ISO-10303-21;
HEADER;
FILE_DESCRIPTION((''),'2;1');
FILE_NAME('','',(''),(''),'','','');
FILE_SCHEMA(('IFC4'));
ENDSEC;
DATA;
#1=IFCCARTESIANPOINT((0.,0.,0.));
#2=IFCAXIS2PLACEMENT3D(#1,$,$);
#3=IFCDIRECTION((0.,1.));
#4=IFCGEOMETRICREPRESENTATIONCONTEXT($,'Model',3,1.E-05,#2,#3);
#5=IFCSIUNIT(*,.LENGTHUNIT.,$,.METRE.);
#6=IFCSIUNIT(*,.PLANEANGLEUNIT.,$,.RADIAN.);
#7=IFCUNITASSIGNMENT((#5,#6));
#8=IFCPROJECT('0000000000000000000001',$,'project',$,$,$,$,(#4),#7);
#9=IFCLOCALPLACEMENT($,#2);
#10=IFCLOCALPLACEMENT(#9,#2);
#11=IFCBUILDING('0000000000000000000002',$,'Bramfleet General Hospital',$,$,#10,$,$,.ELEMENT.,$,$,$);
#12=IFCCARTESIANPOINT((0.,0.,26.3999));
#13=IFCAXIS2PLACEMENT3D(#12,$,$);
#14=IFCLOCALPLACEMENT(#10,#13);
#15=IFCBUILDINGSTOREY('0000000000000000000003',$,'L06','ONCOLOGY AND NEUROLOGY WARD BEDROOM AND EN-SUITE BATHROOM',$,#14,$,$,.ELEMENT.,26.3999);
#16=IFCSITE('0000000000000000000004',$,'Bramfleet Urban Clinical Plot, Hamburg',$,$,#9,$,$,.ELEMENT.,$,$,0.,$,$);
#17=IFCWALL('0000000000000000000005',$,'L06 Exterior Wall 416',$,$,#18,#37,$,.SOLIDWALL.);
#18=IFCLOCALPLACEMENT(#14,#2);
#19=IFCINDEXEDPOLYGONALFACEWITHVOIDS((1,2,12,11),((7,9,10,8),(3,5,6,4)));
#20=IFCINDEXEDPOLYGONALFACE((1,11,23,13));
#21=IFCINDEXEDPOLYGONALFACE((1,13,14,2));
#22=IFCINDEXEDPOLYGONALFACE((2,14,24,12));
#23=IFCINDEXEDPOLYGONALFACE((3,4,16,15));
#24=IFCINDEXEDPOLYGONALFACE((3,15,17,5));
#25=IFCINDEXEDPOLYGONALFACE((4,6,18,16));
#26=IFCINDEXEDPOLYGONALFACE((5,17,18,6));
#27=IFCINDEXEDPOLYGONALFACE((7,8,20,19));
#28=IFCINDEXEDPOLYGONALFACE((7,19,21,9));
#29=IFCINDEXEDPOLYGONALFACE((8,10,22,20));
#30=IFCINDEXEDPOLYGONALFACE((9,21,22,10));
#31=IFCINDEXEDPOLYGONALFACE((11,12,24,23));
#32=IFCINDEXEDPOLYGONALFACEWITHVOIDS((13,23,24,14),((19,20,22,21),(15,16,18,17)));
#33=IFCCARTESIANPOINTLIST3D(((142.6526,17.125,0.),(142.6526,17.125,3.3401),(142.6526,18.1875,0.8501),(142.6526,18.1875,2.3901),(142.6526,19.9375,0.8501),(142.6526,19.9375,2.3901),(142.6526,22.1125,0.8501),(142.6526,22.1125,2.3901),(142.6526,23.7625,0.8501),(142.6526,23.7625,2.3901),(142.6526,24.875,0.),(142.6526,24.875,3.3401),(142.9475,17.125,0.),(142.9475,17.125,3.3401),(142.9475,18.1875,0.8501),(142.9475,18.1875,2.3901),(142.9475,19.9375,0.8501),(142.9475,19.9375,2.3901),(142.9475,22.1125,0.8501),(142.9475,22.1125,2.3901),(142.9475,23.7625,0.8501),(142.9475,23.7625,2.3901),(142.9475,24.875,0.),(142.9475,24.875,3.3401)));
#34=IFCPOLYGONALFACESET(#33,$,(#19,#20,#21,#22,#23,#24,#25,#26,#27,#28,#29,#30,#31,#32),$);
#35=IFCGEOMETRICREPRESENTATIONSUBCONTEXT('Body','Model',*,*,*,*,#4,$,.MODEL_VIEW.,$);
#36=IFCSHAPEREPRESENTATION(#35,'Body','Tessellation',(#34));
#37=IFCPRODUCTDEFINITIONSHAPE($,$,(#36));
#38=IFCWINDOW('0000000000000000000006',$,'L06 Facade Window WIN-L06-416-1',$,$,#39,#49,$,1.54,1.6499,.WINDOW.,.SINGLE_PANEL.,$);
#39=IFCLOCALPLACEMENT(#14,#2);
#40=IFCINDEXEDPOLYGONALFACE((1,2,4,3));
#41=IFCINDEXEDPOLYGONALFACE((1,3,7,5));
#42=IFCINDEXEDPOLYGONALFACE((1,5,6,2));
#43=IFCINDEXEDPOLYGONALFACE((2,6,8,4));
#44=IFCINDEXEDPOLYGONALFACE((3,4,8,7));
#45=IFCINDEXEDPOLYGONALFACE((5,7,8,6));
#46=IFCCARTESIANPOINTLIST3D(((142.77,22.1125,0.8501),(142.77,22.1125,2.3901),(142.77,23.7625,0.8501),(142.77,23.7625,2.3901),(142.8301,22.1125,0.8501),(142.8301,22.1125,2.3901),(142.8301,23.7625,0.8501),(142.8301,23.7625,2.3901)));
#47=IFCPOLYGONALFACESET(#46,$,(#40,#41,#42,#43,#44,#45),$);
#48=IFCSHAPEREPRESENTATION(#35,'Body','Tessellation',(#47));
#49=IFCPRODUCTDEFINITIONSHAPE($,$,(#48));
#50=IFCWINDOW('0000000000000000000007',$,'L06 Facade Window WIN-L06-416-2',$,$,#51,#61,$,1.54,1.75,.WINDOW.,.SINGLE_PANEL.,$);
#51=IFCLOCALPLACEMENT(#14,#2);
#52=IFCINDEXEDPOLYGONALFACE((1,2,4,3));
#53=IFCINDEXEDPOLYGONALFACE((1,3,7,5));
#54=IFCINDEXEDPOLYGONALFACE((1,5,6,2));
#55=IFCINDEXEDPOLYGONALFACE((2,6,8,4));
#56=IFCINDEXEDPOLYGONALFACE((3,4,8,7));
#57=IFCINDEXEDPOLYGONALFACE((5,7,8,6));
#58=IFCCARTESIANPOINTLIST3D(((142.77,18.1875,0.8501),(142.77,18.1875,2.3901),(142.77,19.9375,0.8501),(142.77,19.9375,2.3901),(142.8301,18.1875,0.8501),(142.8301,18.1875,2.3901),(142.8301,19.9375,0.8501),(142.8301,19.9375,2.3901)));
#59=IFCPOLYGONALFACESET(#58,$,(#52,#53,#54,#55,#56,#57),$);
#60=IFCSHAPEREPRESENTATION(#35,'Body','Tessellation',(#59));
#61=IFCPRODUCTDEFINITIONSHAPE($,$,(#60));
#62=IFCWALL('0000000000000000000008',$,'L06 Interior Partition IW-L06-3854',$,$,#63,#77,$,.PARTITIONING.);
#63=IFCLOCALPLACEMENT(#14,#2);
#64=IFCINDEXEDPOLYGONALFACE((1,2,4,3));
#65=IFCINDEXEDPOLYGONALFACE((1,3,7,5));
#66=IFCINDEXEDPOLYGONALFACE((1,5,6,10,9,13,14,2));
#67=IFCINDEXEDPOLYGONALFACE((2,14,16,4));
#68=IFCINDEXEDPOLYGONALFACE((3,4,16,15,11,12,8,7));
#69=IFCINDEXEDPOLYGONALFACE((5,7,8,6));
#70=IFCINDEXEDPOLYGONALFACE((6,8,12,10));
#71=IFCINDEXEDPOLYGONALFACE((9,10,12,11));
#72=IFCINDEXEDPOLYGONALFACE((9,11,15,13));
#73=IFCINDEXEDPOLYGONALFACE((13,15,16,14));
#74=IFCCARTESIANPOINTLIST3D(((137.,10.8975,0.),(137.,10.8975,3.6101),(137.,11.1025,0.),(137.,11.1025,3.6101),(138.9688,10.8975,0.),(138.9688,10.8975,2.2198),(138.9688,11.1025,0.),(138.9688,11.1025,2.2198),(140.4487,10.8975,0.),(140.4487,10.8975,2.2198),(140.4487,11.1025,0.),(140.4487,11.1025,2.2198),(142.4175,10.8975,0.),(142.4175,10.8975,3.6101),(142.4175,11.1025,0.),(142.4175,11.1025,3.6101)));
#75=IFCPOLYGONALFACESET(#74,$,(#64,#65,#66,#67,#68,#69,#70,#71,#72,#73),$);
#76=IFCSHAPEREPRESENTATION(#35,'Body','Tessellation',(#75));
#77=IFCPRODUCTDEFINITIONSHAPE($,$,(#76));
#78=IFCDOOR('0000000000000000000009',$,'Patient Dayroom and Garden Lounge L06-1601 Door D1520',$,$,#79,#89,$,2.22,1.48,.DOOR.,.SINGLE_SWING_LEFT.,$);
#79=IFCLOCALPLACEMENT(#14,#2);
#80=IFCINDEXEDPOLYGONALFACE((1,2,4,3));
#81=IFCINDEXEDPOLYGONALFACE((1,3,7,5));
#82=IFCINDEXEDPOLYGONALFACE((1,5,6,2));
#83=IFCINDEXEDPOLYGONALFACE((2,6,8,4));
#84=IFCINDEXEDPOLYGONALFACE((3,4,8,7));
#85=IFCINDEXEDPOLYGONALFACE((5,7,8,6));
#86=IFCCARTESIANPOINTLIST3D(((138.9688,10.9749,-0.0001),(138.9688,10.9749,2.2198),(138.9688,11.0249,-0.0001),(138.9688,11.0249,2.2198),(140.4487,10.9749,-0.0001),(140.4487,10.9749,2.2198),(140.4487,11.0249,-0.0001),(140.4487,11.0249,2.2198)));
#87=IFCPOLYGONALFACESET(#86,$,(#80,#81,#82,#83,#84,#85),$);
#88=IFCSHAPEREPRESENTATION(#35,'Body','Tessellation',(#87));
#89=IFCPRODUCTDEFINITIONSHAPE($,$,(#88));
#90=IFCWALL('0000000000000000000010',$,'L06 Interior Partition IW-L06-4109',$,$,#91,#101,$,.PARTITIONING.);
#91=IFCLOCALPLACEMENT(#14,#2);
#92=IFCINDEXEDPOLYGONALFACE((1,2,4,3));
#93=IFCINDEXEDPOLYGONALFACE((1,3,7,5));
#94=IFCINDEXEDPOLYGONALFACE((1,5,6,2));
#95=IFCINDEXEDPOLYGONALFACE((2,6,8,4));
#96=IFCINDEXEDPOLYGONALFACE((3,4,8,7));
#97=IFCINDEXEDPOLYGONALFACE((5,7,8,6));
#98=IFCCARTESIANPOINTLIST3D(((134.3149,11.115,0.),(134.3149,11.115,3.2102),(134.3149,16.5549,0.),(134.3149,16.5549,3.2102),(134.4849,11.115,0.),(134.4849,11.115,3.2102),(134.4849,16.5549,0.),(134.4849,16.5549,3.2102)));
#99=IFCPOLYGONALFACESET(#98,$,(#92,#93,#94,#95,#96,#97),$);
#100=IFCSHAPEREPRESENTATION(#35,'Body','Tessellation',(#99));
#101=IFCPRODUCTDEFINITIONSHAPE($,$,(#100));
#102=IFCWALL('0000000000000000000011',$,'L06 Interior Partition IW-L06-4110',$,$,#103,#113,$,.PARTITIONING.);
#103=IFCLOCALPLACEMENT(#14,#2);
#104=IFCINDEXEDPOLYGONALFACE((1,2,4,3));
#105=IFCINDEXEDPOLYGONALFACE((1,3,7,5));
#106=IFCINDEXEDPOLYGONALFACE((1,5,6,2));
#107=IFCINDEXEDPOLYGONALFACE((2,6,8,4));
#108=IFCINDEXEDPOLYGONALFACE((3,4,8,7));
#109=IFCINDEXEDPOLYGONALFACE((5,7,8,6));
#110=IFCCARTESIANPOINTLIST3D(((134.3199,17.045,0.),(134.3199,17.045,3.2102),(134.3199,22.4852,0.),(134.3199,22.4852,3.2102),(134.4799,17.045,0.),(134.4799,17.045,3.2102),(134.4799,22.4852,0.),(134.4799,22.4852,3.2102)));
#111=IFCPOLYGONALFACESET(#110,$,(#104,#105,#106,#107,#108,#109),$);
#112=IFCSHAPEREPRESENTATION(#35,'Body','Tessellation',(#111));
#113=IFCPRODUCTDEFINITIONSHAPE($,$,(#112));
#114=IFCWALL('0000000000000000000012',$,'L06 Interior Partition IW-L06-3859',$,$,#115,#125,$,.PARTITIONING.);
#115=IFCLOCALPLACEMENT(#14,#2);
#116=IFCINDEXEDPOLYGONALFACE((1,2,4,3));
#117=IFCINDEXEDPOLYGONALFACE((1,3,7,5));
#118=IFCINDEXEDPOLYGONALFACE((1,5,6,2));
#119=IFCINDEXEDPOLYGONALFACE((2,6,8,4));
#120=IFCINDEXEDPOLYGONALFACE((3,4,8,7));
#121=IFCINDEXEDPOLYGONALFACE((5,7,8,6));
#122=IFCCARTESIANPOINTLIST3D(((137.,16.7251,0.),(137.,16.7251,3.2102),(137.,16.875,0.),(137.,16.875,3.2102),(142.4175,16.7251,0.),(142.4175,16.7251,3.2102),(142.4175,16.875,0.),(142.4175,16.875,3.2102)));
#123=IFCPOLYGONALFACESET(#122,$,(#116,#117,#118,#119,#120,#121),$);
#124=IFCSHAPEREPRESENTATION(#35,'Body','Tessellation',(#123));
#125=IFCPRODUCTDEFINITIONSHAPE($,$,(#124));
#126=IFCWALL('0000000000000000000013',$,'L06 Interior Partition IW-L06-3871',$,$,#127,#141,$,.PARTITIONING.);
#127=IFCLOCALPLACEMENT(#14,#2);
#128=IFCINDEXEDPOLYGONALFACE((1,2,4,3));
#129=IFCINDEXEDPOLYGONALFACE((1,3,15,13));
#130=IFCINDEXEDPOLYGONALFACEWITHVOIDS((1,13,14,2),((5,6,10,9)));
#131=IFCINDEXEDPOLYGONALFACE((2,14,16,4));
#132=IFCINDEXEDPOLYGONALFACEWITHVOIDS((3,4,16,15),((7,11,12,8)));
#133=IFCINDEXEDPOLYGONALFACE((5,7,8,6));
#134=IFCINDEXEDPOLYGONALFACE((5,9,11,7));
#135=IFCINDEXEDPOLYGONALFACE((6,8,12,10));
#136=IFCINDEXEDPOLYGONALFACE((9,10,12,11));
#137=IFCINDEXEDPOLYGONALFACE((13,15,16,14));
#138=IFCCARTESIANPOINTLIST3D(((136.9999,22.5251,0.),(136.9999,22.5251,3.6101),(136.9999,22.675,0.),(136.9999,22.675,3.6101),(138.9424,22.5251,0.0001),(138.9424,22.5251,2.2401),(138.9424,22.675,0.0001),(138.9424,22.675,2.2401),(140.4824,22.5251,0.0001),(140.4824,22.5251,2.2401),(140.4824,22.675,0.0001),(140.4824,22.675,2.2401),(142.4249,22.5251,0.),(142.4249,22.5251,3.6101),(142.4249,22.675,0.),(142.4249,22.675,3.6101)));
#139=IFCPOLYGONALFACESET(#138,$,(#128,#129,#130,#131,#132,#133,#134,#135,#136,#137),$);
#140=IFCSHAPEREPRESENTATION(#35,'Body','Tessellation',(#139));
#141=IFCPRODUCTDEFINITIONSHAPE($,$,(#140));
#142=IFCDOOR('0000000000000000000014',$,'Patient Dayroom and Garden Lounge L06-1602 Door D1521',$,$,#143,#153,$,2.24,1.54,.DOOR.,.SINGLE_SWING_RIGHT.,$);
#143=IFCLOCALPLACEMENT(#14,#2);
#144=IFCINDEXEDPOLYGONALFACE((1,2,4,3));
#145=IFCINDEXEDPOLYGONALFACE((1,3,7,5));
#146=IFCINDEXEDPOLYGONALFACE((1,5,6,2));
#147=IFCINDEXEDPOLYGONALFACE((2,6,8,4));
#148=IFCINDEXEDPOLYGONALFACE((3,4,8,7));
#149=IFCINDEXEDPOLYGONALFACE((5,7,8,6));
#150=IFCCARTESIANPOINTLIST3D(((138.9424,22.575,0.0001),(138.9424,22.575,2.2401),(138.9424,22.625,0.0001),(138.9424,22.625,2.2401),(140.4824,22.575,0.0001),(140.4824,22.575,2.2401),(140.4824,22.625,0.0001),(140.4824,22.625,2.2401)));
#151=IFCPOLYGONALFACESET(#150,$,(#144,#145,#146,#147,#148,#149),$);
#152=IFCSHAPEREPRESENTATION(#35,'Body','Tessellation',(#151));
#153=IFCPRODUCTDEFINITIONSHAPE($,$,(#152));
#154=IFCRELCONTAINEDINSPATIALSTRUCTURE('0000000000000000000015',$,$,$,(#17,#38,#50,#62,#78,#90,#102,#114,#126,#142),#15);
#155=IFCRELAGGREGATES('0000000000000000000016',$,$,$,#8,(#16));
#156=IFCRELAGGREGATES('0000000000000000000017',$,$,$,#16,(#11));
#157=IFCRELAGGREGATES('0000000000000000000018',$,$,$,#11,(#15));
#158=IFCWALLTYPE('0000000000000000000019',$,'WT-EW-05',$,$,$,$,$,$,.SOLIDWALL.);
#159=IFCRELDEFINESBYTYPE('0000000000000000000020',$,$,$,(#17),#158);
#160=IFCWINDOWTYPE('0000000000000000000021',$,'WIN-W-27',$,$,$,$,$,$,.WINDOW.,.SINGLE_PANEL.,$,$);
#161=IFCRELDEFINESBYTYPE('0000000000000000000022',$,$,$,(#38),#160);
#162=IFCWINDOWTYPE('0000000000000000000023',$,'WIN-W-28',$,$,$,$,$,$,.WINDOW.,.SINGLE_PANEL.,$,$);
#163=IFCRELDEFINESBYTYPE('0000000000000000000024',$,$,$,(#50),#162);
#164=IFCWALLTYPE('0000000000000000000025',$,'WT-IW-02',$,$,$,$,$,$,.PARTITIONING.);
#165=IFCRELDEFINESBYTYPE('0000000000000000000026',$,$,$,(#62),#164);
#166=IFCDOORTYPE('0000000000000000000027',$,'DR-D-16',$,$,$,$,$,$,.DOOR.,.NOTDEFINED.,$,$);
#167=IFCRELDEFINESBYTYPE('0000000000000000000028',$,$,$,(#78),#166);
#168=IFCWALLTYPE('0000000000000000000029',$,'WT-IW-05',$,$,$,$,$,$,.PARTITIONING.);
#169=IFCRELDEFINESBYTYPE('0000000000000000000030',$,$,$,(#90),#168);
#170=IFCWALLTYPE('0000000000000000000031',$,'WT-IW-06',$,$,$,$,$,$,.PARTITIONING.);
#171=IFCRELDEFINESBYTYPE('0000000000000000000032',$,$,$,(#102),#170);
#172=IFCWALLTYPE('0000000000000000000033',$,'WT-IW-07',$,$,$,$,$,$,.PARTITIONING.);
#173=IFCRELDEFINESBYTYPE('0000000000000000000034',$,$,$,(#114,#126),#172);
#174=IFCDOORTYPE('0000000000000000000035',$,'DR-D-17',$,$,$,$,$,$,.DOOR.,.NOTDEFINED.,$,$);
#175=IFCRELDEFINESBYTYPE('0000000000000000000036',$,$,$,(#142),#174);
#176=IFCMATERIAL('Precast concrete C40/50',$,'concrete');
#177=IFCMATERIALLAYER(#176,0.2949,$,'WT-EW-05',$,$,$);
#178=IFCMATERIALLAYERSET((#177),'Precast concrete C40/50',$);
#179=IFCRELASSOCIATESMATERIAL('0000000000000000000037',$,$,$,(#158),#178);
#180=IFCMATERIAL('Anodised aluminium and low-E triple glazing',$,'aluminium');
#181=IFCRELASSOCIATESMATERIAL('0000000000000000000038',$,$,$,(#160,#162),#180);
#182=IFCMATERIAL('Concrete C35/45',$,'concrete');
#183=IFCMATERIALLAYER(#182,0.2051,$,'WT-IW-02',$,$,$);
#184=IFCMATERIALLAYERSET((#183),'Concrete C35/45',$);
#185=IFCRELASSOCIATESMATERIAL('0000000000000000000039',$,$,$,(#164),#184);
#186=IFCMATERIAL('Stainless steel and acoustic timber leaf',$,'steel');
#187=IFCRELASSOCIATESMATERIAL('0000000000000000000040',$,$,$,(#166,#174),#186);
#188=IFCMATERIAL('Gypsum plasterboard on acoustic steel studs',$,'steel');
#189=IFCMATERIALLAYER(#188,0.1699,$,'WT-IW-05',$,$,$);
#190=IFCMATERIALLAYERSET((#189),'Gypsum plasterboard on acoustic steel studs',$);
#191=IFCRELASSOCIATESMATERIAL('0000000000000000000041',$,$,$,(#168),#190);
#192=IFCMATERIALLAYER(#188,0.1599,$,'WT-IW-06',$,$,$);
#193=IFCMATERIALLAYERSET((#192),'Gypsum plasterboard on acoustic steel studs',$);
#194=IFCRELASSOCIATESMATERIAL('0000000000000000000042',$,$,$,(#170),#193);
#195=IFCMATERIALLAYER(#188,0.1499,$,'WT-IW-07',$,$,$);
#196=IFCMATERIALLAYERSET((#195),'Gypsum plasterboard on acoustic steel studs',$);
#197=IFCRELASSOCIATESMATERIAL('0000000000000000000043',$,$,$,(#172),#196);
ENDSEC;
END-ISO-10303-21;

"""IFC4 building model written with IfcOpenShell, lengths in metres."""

from ifc_helpers import new_model, si_unit, direction, frame, frame_2d, origin, place, context, subcontext, project, spatial, rectangle, extrude, material, layer, layer_set, type_object, element, fill, save


model = new_model("IFC4")

# Units and contexts
model_context = context("Model", 3, precision=1e-05, world=origin(), true_north=direction((0.0, 1.0)))
body_context = subcontext(model_context, "Body", "Model", "MODEL_VIEW")
ifc_project = project(units=[si_unit("LENGTHUNIT", "METRE"), si_unit("PLANEANGLEUNIT", "RADIAN")], contexts=[model_context])

# Site, building, storey
site_placement = place(None, origin())
site = spatial("IfcSite", under=ifc_project, at=site_placement, Name="Bramfleet Urban Clinical Plot, Hamburg", CompositionType="ELEMENT", RefElevation=0.0)
building_placement = place(site_placement, origin())
building = spatial("IfcBuilding", under=site, at=building_placement, Name="Bramfleet General Hospital", CompositionType="ELEMENT")
storey_placement = place(building_placement, frame((0.0, 0.0, 26.3999)))
storey = spatial("IfcBuildingStorey", under=building, at=storey_placement, Name="L06", Description="ONCOLOGY AND NEUROLOGY WARD BEDROOM AND EN-SUITE BATHROOM", CompositionType="ELEMENT", Elevation=26.3999)

# Wall, openings, windows
ifc_material_1 = material(Name="Precast concrete C40/50", Category="concrete")
ifc_layer_1 = layer(ifc_material_1, 0.2949, Name="WT-EW-05")
ifc_layer_set_1 = layer_set([ifc_layer_1], Name="Precast concrete C40/50")
wall_type_1 = type_object("IfcWallType", Name="WT-EW-05", PredefinedType="SOLIDWALL", material=ifc_layer_set_1)
wall_1_placement = place(storey_placement, frame((142.8, 24.875, 0.0), z_axis=(0.0, 0.0, 1.0), x_axis=(0.0, -1.0, 0.0)))
wall_1 = element("IfcWall", 1, at=wall_1_placement, inside=storey, type_object=wall_type_1, Name="L06 Exterior Wall 416", PredefinedType="SOLIDWALL", context=body_context, shape_type="SweptSolid", body=[
    extrude(rectangle(XDim=7.75, YDim=0.2949, at=frame_2d((3.875, 0.0))), origin(), (0.0, 0.0, 1.0), 3.3401),
])
opening_1_placement = place(wall_1_placement, frame((1.1125, 0.0, 0.8501)))
opening_1 = element("IfcOpeningElement", 2, at=opening_1_placement, cuts=wall_1, PredefinedType="OPENING", context=body_context, shape_type="SweptSolid", body=[
    extrude(rectangle(XDim=1.6499, YDim=1.54, at=frame_2d((0.825, 0.77))), frame((0.0, 0.1575, 0.0), z_axis=(0.0, -1.0, 0.0), x_axis=(1.0, 0.0, 0.0)), (0.0, 0.0, 1.0), 0.3149),
])
opening_2_placement = place(wall_1_placement, frame((4.9375, 0.0, 0.8501)))
opening_2 = element("IfcOpeningElement", 3, at=opening_2_placement, cuts=wall_1, PredefinedType="OPENING", context=body_context, shape_type="SweptSolid", body=[
    extrude(rectangle(XDim=1.75, YDim=1.54, at=frame_2d((0.875, 0.77))), frame((0.0, 0.1575, 0.0), z_axis=(0.0, -1.0, 0.0), x_axis=(1.0, 0.0, 0.0)), (0.0, 0.0, 1.0), 0.3149),
])
ifc_material_2 = material(Name="Anodised aluminium and low-E triple glazing", Category="aluminium")
window_type_1 = type_object("IfcWindowType", Name="WIN-W-27", PartitioningType="SINGLE_PANEL", PredefinedType="WINDOW", material=ifc_material_2)
window_1_placement = place(opening_1_placement, origin())
window_1 = element("IfcWindow", 4, at=window_1_placement, inside=storey, type_object=window_type_1, Name="L06 Facade Window WIN-L06-416-1", OverallHeight=1.54, OverallWidth=1.6499, PartitioningType="SINGLE_PANEL", PredefinedType="WINDOW", context=body_context, shape_type="SweptSolid", body=[
    extrude(rectangle(XDim=1.6499, YDim=1.54, at=frame_2d((0.825, 0.77))), frame((0.0, 0.03, 0.0), z_axis=(0.0, -1.0, 0.0), x_axis=(1.0, 0.0, 0.0)), (0.0, 0.0, 1.0), 0.0601),
])
fill(opening_1, window_1)
window_type_2 = type_object("IfcWindowType", Name="WIN-W-28", PartitioningType="SINGLE_PANEL", PredefinedType="WINDOW", material=ifc_material_2)
window_2_placement = place(opening_2_placement, origin())
window_2 = element("IfcWindow", 5, at=window_2_placement, inside=storey, type_object=window_type_2, Name="L06 Facade Window WIN-L06-416-2", OverallHeight=1.54, OverallWidth=1.75, PartitioningType="SINGLE_PANEL", PredefinedType="WINDOW", context=body_context, shape_type="SweptSolid", body=[
    extrude(rectangle(XDim=1.75, YDim=1.54, at=frame_2d((0.875, 0.77))), frame((0.0, 0.03, 0.0), z_axis=(0.0, -1.0, 0.0), x_axis=(1.0, 0.0, 0.0)), (0.0, 0.0, 1.0), 0.0601),
])
fill(opening_2, window_2)

# Wall, opening, door
ifc_material_3 = material(Name="Concrete C35/45", Category="concrete")
ifc_layer_2 = layer(ifc_material_3, 0.2051, Name="WT-IW-02")
ifc_layer_set_2 = layer_set([ifc_layer_2], Name="Concrete C35/45")
wall_type_2 = type_object("IfcWallType", Name="WT-IW-02", PredefinedType="PARTITIONING", material=ifc_layer_set_2)
wall_2_placement = place(storey_placement, frame((137.0, 11.0, 0.0), z_axis=(0.0, 0.0, 1.0), x_axis=(1.0, 0.0, 0.0)))
wall_2 = element("IfcWall", 6, at=wall_2_placement, inside=storey, type_object=wall_type_2, Name="L06 Interior Partition IW-L06-3854", PredefinedType="PARTITIONING", context=body_context, shape_type="SweptSolid", body=[
    extrude(rectangle(XDim=5.4175, YDim=0.2051, at=frame_2d((2.7087, 0.0))), origin(), (0.0, 0.0, 1.0), 3.6101),
])
opening_3_placement = place(wall_2_placement, frame((1.9688, 0.0, 0.0)))
opening_3 = element("IfcOpeningElement", 7, at=opening_3_placement, cuts=wall_2, PredefinedType="OPENING", context=body_context, shape_type="SweptSolid", body=[
    extrude(rectangle(XDim=1.48, YDim=2.22, at=frame_2d((0.74, 1.1099))), frame((0.0, 0.1125, 0.0), z_axis=(0.0, -1.0, 0.0), x_axis=(1.0, 0.0, 0.0)), (0.0, 0.0, 1.0), 0.2251),
])
ifc_material_4 = material(Name="Stainless steel and acoustic timber leaf", Category="steel")
door_type_1 = type_object("IfcDoorType", Name="DR-D-16", OperationType="NOTDEFINED", PredefinedType="DOOR", material=ifc_material_4)
door_1_placement = place(opening_3_placement, origin())
door_1 = element("IfcDoor", 8, at=door_1_placement, inside=storey, type_object=door_type_1, Name="Patient Dayroom and Garden Lounge L06-1601 Door D1520", OperationType="SINGLE_SWING_LEFT", OverallHeight=2.22, OverallWidth=1.48, PredefinedType="DOOR", context=body_context, shape_type="SweptSolid", body=[
    extrude(rectangle(XDim=1.48, YDim=2.22, at=frame_2d((0.74, 1.1099))), frame((0.0, 0.0249, 0.0), z_axis=(0.0, -1.0, 0.0), x_axis=(1.0, 0.0, 0.0)), (0.0, 0.0, 1.0), 0.05),
])
fill(opening_3, door_1)

# Walls
ifc_material_5 = material(Name="Gypsum plasterboard on acoustic steel studs", Category="steel")
ifc_layer_3 = layer(ifc_material_5, 0.1699, Name="WT-IW-05")
ifc_layer_set_3 = layer_set([ifc_layer_3], Name="Gypsum plasterboard on acoustic steel studs")
wall_type_3 = type_object("IfcWallType", Name="WT-IW-05", PredefinedType="PARTITIONING", material=ifc_layer_set_3)
wall_3_placement = place(storey_placement, frame((134.3999, 11.115, 0.0), z_axis=(0.0, 0.0, 1.0), x_axis=(0.0, 1.0, 0.0)))
element("IfcWall", 9, at=wall_3_placement, inside=storey, type_object=wall_type_3, Name="L06 Interior Partition IW-L06-4109", PredefinedType="PARTITIONING", context=body_context, shape_type="SweptSolid", body=[
    extrude(rectangle(XDim=5.4399, YDim=0.1699, at=frame_2d((2.72, 0.0))), origin(), (0.0, 0.0, 1.0), 3.2102),
])
ifc_layer_4 = layer(ifc_material_5, 0.1599, Name="WT-IW-06")
ifc_layer_set_4 = layer_set([ifc_layer_4], Name="Gypsum plasterboard on acoustic steel studs")
wall_type_4 = type_object("IfcWallType", Name="WT-IW-06", PredefinedType="PARTITIONING", material=ifc_layer_set_4)
wall_4_placement = place(storey_placement, frame((134.3999, 17.0449, 0.0), z_axis=(0.0, 0.0, 1.0), x_axis=(0.0, 1.0, 0.0)))
element("IfcWall", 10, at=wall_4_placement, inside=storey, type_object=wall_type_4, Name="L06 Interior Partition IW-L06-4110", PredefinedType="PARTITIONING", context=body_context, shape_type="SweptSolid", body=[
    extrude(rectangle(XDim=5.4402, YDim=0.1599, at=frame_2d((2.7202, 0.0))), origin(), (0.0, 0.0, 1.0), 3.2102),
])
ifc_layer_5 = layer(ifc_material_5, 0.1499, Name="WT-IW-07")
ifc_layer_set_5 = layer_set([ifc_layer_5], Name="Gypsum plasterboard on acoustic steel studs")
wall_type_5 = type_object("IfcWallType", Name="WT-IW-07", PredefinedType="PARTITIONING", material=ifc_layer_set_5)
wall_5_placement = place(storey_placement, frame((137.0, 16.8, 0.0), z_axis=(0.0, 0.0, 1.0), x_axis=(1.0, 0.0, 0.0)))
element("IfcWall", 11, at=wall_5_placement, inside=storey, type_object=wall_type_5, Name="L06 Interior Partition IW-L06-3859", PredefinedType="PARTITIONING", context=body_context, shape_type="SweptSolid", body=[
    extrude(rectangle(XDim=5.4175, YDim=0.1499, at=frame_2d((2.7087, 0.0))), origin(), (0.0, 0.0, 1.0), 3.2102),
])

# Wall, opening, door
wall_6_placement = place(storey_placement, frame((137.0, 22.6001, 0.0), z_axis=(0.0, 0.0, 1.0), x_axis=(1.0, 0.0, 0.0)))
wall_6 = element("IfcWall", 12, at=wall_6_placement, inside=storey, type_object=wall_type_5, Name="L06 Interior Partition IW-L06-3871", PredefinedType="PARTITIONING", context=body_context, shape_type="SweptSolid", body=[
    extrude(rectangle(XDim=5.425, YDim=0.1499, at=frame_2d((2.7124, 0.0))), origin(), (0.0, 0.0, 1.0), 3.6101),
])
opening_4_placement = place(wall_6_placement, frame((1.9424, 0.0, 0.0)))
opening_4 = element("IfcOpeningElement", 13, at=opening_4_placement, cuts=wall_6, PredefinedType="OPENING", context=body_context, shape_type="SweptSolid", body=[
    extrude(rectangle(XDim=1.54, YDim=2.24, at=frame_2d((0.77, 1.1201))), frame((0.0, 0.085, 0.0), z_axis=(0.0, -1.0, 0.0), x_axis=(1.0, 0.0, 0.0)), (0.0, 0.0, 1.0), 0.1699),
])
door_type_2 = type_object("IfcDoorType", Name="DR-D-17", OperationType="NOTDEFINED", PredefinedType="DOOR", material=ifc_material_4)
door_2_placement = place(opening_4_placement, origin())
door_2 = element("IfcDoor", 14, at=door_2_placement, inside=storey, type_object=door_type_2, Name="Patient Dayroom and Garden Lounge L06-1602 Door D1521", OperationType="SINGLE_SWING_RIGHT", OverallHeight=2.24, OverallWidth=1.54, PredefinedType="DOOR", context=body_context, shape_type="SweptSolid", body=[
    extrude(rectangle(XDim=1.54, YDim=2.24, at=frame_2d((0.77, 1.1201))), frame((0.0, 0.0249, 0.0), z_axis=(0.0, -1.0, 0.0), x_axis=(1.0, 0.0, 0.0)), (0.0, 0.0, 1.0), 0.05),
])
fill(opening_4, door_2)

save(model, "model.ifc")
